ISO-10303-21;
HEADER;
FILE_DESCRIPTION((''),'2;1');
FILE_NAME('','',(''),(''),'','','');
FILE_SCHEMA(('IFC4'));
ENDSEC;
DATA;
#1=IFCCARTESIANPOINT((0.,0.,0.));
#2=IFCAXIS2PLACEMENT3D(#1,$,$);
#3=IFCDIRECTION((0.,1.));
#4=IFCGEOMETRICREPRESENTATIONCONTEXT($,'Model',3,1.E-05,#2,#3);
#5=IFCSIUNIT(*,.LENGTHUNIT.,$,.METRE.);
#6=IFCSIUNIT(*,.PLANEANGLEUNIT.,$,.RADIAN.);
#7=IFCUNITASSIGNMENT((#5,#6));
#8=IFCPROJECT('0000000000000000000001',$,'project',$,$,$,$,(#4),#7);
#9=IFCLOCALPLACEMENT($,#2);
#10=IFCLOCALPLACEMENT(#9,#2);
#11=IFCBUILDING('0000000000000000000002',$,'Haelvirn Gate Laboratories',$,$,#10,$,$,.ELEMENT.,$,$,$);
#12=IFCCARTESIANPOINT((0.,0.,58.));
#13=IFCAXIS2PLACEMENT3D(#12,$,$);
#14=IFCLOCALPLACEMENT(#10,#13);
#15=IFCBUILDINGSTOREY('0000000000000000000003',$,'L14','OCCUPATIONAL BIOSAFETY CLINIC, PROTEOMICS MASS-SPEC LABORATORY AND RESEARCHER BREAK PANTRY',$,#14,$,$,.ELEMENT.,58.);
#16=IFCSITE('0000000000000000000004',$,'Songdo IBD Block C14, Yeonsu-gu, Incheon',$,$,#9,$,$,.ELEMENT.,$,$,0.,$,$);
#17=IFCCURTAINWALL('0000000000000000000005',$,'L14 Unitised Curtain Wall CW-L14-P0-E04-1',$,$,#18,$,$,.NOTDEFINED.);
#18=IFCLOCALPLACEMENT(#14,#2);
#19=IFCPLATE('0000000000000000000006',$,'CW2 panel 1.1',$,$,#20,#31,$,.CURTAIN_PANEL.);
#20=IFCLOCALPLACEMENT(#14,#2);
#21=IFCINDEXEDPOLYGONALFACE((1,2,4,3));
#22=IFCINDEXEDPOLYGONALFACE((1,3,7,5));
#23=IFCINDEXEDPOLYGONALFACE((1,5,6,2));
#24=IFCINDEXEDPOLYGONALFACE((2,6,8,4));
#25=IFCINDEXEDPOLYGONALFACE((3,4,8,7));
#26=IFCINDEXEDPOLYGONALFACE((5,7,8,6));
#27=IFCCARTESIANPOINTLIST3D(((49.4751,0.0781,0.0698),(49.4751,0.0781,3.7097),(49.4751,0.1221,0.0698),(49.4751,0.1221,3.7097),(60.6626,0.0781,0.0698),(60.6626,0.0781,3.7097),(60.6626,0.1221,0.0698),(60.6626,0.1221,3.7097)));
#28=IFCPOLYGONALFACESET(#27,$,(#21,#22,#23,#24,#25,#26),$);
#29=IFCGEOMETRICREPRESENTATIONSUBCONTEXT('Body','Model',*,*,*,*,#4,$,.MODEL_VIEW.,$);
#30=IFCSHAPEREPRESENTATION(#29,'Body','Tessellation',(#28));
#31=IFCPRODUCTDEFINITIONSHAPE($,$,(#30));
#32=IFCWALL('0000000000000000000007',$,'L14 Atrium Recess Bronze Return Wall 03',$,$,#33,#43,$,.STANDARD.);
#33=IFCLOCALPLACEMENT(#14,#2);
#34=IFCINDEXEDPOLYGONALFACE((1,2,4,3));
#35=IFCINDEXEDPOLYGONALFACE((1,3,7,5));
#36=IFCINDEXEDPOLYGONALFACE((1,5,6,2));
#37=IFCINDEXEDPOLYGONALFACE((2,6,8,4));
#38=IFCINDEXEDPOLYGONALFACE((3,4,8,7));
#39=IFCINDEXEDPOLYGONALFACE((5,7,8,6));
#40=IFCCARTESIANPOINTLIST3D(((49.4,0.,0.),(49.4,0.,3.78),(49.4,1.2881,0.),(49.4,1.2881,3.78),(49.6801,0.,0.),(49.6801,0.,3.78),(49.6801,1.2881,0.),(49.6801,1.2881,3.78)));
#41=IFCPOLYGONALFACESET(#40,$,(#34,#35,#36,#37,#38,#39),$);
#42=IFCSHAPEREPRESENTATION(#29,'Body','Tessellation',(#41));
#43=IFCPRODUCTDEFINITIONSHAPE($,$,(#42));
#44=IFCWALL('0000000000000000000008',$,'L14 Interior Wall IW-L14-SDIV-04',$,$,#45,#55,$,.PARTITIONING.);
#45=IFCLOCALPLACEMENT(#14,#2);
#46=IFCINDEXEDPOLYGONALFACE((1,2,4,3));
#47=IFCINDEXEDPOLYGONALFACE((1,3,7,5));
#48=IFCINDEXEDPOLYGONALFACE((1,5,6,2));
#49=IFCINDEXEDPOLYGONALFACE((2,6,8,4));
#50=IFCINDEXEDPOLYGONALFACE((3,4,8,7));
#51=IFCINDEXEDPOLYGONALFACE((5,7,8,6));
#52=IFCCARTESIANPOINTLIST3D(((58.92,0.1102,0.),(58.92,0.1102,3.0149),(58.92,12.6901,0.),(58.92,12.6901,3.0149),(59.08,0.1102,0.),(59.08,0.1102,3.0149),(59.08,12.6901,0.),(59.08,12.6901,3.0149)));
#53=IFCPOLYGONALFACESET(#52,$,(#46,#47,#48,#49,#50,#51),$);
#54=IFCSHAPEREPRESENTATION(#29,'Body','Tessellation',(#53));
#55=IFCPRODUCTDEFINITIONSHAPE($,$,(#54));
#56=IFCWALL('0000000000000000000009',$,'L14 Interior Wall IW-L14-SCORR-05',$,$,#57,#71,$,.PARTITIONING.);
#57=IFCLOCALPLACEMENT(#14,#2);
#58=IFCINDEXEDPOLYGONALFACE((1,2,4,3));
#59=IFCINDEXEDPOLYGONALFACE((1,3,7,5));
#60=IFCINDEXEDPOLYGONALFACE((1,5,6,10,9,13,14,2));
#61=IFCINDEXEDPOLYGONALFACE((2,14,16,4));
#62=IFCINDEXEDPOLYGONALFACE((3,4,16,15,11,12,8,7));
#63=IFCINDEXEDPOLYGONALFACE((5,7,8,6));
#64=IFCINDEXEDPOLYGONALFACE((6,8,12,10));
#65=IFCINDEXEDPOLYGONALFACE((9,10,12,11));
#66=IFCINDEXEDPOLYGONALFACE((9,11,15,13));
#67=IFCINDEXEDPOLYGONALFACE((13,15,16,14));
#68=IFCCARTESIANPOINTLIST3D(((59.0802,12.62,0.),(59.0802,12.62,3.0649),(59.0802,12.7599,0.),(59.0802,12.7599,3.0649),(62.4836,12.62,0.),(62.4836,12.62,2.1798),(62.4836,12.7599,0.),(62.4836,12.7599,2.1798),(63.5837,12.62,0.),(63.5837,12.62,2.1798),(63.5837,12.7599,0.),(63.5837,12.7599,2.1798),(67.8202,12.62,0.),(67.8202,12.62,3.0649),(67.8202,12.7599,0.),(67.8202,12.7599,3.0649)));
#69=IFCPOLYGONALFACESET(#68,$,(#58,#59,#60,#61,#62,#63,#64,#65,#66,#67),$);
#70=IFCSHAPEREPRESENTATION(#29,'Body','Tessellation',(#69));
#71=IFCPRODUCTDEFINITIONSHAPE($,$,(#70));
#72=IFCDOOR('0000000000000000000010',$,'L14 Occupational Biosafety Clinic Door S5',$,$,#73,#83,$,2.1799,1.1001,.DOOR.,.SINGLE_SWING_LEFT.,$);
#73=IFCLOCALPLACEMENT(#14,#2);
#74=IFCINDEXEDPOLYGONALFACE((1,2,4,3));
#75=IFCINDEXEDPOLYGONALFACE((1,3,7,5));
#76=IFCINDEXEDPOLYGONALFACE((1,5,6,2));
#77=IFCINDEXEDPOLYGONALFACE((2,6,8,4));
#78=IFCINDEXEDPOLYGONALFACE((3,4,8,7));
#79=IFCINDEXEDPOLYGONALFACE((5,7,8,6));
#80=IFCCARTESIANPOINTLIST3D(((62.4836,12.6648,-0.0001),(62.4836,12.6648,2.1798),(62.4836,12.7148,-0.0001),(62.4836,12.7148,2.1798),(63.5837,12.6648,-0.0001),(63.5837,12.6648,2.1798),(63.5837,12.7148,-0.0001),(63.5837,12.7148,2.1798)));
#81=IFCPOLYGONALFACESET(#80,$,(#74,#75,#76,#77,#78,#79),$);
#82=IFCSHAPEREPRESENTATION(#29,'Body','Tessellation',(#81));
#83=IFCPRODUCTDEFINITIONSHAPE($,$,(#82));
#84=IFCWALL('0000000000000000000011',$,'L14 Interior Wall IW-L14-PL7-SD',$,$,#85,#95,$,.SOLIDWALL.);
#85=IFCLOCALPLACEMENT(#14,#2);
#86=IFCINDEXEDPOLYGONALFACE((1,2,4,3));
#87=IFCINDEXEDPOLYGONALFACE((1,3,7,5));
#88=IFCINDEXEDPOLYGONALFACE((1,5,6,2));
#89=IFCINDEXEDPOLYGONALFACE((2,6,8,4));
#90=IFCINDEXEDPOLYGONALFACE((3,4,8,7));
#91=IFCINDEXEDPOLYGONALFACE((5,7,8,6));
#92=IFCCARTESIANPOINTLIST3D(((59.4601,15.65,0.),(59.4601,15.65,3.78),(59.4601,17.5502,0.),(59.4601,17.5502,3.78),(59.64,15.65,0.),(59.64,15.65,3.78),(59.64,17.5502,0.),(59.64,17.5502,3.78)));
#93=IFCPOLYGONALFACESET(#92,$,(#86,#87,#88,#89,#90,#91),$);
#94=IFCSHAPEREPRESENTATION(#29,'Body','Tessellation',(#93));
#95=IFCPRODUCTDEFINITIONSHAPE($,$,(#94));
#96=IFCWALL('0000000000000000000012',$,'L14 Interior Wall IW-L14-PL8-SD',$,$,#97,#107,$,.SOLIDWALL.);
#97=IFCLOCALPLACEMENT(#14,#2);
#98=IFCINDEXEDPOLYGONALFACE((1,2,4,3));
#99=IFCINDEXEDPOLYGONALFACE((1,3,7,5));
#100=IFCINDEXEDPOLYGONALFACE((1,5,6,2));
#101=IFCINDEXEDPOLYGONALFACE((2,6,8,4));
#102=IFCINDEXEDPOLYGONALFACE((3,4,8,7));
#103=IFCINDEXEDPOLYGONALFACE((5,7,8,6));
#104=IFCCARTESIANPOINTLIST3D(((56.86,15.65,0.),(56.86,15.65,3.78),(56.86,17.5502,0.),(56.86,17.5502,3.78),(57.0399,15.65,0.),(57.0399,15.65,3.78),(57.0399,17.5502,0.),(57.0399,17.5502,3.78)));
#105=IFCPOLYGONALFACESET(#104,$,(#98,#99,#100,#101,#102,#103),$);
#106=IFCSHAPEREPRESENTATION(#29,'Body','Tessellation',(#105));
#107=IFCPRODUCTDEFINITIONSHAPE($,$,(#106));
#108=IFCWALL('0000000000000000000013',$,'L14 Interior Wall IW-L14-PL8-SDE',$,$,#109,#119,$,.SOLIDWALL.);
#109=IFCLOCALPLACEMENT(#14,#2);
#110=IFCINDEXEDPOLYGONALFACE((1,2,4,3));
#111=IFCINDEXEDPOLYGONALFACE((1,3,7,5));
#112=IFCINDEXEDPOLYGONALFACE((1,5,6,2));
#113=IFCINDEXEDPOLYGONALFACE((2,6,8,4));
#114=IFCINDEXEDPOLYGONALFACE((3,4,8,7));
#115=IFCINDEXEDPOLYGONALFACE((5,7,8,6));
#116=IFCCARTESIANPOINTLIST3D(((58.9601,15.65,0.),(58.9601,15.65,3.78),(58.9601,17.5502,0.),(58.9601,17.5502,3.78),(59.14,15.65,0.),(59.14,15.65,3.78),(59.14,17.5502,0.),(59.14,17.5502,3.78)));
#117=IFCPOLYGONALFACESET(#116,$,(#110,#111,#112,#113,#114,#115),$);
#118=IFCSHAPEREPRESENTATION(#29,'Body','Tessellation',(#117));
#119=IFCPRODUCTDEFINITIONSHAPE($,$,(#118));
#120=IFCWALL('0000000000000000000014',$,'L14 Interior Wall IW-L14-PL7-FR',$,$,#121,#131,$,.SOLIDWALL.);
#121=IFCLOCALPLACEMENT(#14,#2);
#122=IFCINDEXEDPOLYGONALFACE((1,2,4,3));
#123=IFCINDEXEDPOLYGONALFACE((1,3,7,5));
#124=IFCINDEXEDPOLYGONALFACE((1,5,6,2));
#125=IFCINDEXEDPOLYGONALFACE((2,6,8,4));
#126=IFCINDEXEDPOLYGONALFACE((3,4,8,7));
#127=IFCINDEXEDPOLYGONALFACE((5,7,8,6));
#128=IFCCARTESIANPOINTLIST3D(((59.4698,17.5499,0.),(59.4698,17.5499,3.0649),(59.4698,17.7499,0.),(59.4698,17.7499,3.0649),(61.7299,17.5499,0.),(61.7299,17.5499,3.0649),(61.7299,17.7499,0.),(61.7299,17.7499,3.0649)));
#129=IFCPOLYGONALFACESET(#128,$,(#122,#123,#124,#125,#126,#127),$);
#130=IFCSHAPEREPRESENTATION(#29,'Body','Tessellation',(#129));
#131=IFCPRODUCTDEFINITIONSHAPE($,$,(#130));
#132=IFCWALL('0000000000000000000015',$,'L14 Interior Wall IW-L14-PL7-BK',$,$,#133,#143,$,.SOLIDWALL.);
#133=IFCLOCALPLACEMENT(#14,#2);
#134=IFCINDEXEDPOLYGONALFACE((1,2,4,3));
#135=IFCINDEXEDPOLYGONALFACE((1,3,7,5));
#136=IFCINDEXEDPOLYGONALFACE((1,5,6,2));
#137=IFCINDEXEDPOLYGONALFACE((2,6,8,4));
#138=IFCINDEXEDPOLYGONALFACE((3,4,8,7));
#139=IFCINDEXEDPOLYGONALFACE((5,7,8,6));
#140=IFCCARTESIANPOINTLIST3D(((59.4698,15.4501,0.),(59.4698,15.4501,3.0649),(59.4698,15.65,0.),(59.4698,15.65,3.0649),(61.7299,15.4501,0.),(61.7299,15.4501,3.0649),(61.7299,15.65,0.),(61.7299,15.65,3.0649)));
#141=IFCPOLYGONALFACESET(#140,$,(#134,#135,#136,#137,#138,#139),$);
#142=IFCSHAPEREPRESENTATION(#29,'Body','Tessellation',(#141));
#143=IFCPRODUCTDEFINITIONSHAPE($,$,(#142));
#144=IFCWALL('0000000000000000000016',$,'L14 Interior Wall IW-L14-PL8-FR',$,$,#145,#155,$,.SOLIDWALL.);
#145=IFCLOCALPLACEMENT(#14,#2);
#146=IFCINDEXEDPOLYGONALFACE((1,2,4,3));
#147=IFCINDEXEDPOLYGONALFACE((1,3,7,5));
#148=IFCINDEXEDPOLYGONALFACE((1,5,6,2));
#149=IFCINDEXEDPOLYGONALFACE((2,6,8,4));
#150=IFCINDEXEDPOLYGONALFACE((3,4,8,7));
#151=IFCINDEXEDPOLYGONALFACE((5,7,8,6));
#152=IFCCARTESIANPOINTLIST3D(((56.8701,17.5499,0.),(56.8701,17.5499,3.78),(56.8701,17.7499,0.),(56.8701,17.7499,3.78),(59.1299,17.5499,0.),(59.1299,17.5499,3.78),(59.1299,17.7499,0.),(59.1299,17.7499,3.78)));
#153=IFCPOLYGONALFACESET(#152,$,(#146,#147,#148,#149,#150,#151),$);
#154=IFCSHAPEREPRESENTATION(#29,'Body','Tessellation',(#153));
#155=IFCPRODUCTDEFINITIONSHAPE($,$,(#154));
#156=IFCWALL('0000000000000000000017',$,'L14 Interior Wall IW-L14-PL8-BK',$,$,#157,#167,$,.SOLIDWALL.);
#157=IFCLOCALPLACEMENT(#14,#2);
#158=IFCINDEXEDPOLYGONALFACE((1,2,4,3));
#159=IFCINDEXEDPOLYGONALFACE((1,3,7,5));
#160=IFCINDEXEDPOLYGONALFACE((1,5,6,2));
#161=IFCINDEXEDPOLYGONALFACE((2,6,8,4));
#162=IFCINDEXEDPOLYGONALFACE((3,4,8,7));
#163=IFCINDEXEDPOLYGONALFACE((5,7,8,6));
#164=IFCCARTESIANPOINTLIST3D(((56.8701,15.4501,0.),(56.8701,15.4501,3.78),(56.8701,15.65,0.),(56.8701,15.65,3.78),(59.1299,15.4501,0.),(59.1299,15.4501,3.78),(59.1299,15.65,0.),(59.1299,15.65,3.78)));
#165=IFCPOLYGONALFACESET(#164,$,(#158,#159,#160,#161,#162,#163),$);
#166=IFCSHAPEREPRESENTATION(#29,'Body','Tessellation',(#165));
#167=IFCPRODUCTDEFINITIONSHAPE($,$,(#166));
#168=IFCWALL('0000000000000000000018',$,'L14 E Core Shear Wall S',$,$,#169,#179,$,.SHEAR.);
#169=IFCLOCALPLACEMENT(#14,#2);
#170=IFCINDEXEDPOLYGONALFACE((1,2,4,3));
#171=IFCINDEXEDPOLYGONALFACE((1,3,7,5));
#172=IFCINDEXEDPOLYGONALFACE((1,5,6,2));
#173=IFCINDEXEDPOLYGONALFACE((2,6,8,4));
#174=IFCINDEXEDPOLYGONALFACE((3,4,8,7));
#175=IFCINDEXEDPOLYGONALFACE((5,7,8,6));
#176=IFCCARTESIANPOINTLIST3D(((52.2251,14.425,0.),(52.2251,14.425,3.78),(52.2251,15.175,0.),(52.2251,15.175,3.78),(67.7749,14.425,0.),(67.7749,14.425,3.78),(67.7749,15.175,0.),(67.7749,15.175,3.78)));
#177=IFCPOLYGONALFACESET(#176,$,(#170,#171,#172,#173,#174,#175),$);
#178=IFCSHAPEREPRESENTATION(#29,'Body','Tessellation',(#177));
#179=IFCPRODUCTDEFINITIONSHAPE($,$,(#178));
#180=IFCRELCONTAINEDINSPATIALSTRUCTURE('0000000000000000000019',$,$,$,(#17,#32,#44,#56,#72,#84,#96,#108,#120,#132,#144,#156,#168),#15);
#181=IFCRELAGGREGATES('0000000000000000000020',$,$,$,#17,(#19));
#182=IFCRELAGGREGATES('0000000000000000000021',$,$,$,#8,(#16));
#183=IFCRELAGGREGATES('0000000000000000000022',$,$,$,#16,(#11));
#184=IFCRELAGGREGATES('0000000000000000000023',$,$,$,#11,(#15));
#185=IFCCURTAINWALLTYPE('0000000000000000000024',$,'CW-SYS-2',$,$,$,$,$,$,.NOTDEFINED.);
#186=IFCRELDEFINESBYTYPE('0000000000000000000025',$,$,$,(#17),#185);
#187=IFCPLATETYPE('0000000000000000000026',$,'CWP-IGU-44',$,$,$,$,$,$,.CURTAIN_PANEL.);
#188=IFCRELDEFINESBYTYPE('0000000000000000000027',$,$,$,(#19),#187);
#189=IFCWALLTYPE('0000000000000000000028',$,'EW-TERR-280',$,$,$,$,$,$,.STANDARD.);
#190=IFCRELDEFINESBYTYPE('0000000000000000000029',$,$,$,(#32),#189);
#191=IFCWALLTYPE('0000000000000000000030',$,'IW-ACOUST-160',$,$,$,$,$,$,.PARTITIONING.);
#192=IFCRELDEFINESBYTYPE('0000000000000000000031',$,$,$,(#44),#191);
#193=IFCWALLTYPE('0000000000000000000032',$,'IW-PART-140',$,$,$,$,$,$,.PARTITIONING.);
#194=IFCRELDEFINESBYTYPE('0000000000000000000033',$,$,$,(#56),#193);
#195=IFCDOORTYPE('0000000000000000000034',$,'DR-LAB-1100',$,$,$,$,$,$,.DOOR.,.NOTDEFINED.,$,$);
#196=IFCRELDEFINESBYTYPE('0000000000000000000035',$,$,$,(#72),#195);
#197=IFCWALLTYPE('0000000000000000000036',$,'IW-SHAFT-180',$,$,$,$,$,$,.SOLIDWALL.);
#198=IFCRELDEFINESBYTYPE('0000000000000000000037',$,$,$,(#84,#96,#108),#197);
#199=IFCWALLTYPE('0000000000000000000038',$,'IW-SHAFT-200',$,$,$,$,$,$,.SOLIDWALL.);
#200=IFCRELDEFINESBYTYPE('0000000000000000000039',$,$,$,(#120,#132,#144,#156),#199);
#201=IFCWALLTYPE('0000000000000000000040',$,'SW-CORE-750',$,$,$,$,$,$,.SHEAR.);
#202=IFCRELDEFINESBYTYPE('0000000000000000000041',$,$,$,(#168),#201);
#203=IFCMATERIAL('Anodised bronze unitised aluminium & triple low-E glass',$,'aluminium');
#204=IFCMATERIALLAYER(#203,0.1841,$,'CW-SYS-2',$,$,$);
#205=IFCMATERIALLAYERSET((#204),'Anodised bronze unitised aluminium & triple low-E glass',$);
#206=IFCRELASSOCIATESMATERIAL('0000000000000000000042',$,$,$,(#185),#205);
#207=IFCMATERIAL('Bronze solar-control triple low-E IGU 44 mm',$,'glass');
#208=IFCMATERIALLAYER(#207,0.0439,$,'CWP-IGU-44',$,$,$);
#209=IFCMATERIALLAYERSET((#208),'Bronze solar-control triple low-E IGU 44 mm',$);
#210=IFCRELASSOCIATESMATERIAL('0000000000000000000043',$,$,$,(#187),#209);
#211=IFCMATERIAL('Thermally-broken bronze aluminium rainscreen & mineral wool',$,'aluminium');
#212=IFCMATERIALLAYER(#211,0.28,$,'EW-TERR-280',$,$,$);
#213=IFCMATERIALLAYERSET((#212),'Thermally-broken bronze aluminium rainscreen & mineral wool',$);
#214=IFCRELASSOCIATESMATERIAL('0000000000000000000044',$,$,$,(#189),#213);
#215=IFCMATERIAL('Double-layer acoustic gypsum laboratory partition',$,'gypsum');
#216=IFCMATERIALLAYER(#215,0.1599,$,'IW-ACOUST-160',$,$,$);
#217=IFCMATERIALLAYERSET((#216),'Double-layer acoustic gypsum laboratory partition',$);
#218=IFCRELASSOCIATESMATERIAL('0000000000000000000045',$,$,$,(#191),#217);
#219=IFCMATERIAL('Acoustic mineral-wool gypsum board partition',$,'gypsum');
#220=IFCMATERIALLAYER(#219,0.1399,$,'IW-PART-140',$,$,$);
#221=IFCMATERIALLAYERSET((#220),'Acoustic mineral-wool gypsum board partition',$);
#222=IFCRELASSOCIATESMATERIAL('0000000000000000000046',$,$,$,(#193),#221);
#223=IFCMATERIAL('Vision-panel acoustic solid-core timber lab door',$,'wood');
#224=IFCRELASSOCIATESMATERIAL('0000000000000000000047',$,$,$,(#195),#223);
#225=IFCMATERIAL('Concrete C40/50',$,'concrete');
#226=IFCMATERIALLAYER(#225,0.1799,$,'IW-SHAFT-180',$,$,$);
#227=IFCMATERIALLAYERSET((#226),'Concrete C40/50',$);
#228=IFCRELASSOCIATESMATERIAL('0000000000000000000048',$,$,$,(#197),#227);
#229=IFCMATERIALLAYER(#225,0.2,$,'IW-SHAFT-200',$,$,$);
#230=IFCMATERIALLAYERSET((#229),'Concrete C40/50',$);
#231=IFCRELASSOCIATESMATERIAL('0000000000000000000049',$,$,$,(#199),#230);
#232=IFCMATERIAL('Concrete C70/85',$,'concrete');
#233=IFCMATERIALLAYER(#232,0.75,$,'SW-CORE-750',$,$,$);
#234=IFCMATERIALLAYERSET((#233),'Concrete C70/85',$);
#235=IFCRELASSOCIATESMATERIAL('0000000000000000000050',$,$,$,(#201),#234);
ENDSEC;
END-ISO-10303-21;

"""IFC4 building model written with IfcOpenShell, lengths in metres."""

from ifc_helpers import new_model, si_unit, direction, frame, frame_2d, origin, origin_2d, place, context, subcontext, project, spatial, rectangle, extrude, source, transform, mapped, material, layer, layer_set, type_object, type_shapes, element, fill, aggregate, save


model = new_model("IFC4")

# Units and contexts
model_context = context("Model", 3, precision=1e-05, world=origin(), true_north=direction((0.0, 1.0)))
body_context = subcontext(model_context, "Body", "Model", "MODEL_VIEW")
ifc_project = project(units=[si_unit("LENGTHUNIT", "METRE"), si_unit("PLANEANGLEUNIT", "RADIAN")], contexts=[model_context])

# Site, building, storey
site_placement = place(None, origin())
site = spatial("IfcSite", under=ifc_project, at=site_placement, Name="Songdo IBD Block C14, Yeonsu-gu, Incheon", CompositionType="ELEMENT", RefElevation=0.0)
building_placement = place(site_placement, origin())
building = spatial("IfcBuilding", under=site, at=building_placement, Name="Haelvirn Gate Laboratories", CompositionType="ELEMENT")
storey_placement = place(building_placement, frame((0.0, 0.0, 58.0)))
storey = spatial("IfcBuildingStorey", under=building, at=storey_placement, Name="L14", Description="OCCUPATIONAL BIOSAFETY CLINIC, PROTEOMICS MASS-SPEC LABORATORY AND RESEARCHER BREAK PANTRY", CompositionType="ELEMENT", Elevation=58.0)

# Shared definitions
ifc_material_1 = material(Name="Concrete C70/85", Category="concrete")

# Shared definitions
ifc_material_2 = material(Name="Anodised bronze unitised aluminium & triple low-E glass", Category="aluminium")
ifc_layer_1 = layer(ifc_material_2, 0.1841, Name="CW-SYS-2")
ifc_layer_set_1 = layer_set([ifc_layer_1], Name="Anodised bronze unitised aluminium & triple low-E glass")
curtain_wall_type = type_object("IfcCurtainWallType", Name="CW-SYS-2", PredefinedType="NOTDEFINED", material=ifc_layer_set_1)

# Curtain wall, plate
curtain_wall_1_placement = place(storey_placement, origin())
curtain_wall_1 = element("IfcCurtainWall", 1, at=curtain_wall_1_placement, inside=storey, type_object=curtain_wall_type, Name="L14 Unitised Curtain Wall CW-L14-P0-E04-1", PredefinedType="NOTDEFINED")
ifc_material_3 = material(Name="Bronze solar-control triple low-E IGU 44 mm", Category="glass")
ifc_layer_2 = layer(ifc_material_3, 0.0439, Name="CWP-IGU-44")
ifc_layer_set_2 = layer_set([ifc_layer_2], Name="Bronze solar-control triple low-E IGU 44 mm")
plate_type = type_object("IfcPlateType", Name="CWP-IGU-44", PredefinedType="CURTAIN_PANEL", material=ifc_layer_set_2)
shared_shape_1 = source(origin(), body_context, "Body", "SweptSolid", [
    extrude(rectangle(XDim=11.1875, YDim=0.0439, at=origin_2d()), origin(), (0.0, 0.0, 1.0), 3.6399),
])
type_shapes(plate_type, [shared_shape_1])
plate_placement = place(storey_placement, frame((55.0688, 0.1001, 0.0698), z_axis=(0.0, 0.0, 1.0), x_axis=(1.0, 0.0, 0.0)))
plate = element("IfcPlate", 2, at=plate_placement, type_object=plate_type, Name="CW2 panel 1.1", PredefinedType="CURTAIN_PANEL", context=body_context, shape_type="MappedRepresentation", body=[
    mapped(shared_shape_1, transform((0.0, 0.0, 0.0), scale=1.0)),
])
aggregate(curtain_wall_1, [plate])

# Walls
ifc_material_4 = material(Name="Thermally-broken bronze aluminium rainscreen & mineral wool", Category="aluminium")
ifc_layer_3 = layer(ifc_material_4, 0.28, Name="EW-TERR-280")
ifc_layer_set_3 = layer_set([ifc_layer_3], Name="Thermally-broken bronze aluminium rainscreen & mineral wool")
wall_type_1 = type_object("IfcWallType", Name="EW-TERR-280", PredefinedType="STANDARD", material=ifc_layer_set_3)
wall_1_placement = place(storey_placement, frame((49.54, 1.2881, 0.0), z_axis=(0.0, 0.0, 1.0), x_axis=(0.0, -1.0, 0.0)))
element("IfcWall", 3, at=wall_1_placement, inside=storey, type_object=wall_type_1, Name="L14 Atrium Recess Bronze Return Wall 03", PredefinedType="STANDARD", context=body_context, shape_type="SweptSolid", body=[
    extrude(rectangle(XDim=1.2881, YDim=0.28, at=frame_2d((0.644, 0.0))), origin(), (0.0, 0.0, 1.0), 3.78),
])
ifc_material_5 = material(Name="Double-layer acoustic gypsum laboratory partition", Category="gypsum")
ifc_layer_4 = layer(ifc_material_5, 0.1599, Name="IW-ACOUST-160")
ifc_layer_set_4 = layer_set([ifc_layer_4], Name="Double-layer acoustic gypsum laboratory partition")
wall_type_2 = type_object("IfcWallType", Name="IW-ACOUST-160", PredefinedType="PARTITIONING", material=ifc_layer_set_4)
wall_2_placement = place(storey_placement, frame((59.0, 0.1101, 0.0), z_axis=(0.0, 0.0, 1.0), x_axis=(0.0, 1.0, 0.0)))
element("IfcWall", 4, at=wall_2_placement, inside=storey, type_object=wall_type_2, Name="L14 Interior Wall IW-L14-SDIV-04", PredefinedType="PARTITIONING", context=body_context, shape_type="SweptSolid", body=[
    extrude(rectangle(XDim=12.5798, YDim=0.1599, at=frame_2d((6.29, 0.0))), origin(), (0.0, 0.0, 1.0), 3.0149),
])

# Wall, opening, door
ifc_material_6 = material(Name="Acoustic mineral-wool gypsum board partition", Category="gypsum")
ifc_layer_5 = layer(ifc_material_6, 0.1399, Name="IW-PART-140")
ifc_layer_set_5 = layer_set([ifc_layer_5], Name="Acoustic mineral-wool gypsum board partition")
wall_type_3 = type_object("IfcWallType", Name="IW-PART-140", PredefinedType="PARTITIONING", material=ifc_layer_set_5)
wall_3_placement = place(storey_placement, frame((59.0801, 12.6899, 0.0), z_axis=(0.0, 0.0, 1.0), x_axis=(1.0, 0.0, 0.0)))
wall_3 = element("IfcWall", 5, at=wall_3_placement, inside=storey, type_object=wall_type_3, Name="L14 Interior Wall IW-L14-SCORR-05", PredefinedType="PARTITIONING", context=body_context, shape_type="SweptSolid", body=[
    extrude(rectangle(XDim=8.74, YDim=0.1399, at=frame_2d((4.3701, 0.0))), origin(), (0.0, 0.0, 1.0), 3.0649),
])
opening_1_placement = place(wall_3_placement, frame((3.4036, 0.0, 0.0)))
opening_1 = element("IfcOpeningElement", 6, at=opening_1_placement, cuts=wall_3, PredefinedType="OPENING", context=body_context, shape_type="SweptSolid", body=[
    extrude(rectangle(XDim=1.1001, YDim=2.1799, at=frame_2d((0.55, 1.0898))), frame((0.0, 0.0801, 0.0), z_axis=(0.0, -1.0, 0.0), x_axis=(1.0, 0.0, 0.0)), (0.0, 0.0, 1.0), 0.1599),
])
ifc_material_7 = material(Name="Vision-panel acoustic solid-core timber lab door", Category="wood")
door_type_1 = type_object("IfcDoorType", Name="DR-LAB-1100", OperationType="NOTDEFINED", PredefinedType="DOOR", material=ifc_material_7)
shared_shape_2 = source(origin(), body_context, "Body", "SweptSolid", [
    extrude(rectangle(XDim=1.1001, YDim=2.1799, at=frame_2d((0.55, 1.0898))), frame((0.0, 0.0249, 0.0), z_axis=(0.0, -1.0, 0.0), x_axis=(1.0, 0.0, 0.0)), (0.0, 0.0, 1.0), 0.05),
])
type_shapes(door_type_1, [shared_shape_2])
door_1_placement = place(opening_1_placement, origin())
door_1 = element("IfcDoor", 7, at=door_1_placement, inside=storey, type_object=door_type_1, Name="L14 Occupational Biosafety Clinic Door S5", OperationType="SINGLE_SWING_LEFT", OverallHeight=2.1799, OverallWidth=1.1001, PredefinedType="DOOR", context=body_context, shape_type="MappedRepresentation", body=[
    mapped(shared_shape_2, transform((0.0, 0.0, 0.0), scale=1.0)),
])
fill(opening_1, door_1)

# Walls
ifc_material_8 = material(Name="Concrete C40/50", Category="concrete")
ifc_layer_6 = layer(ifc_material_8, 0.1799, Name="IW-SHAFT-180")
ifc_layer_set_6 = layer_set([ifc_layer_6], Name="Concrete C40/50")
wall_type_4 = type_object("IfcWallType", Name="IW-SHAFT-180", PredefinedType="SOLIDWALL", material=ifc_layer_set_6)
for number, where, z_axis, x_axis, name in (
    (8, (59.55, 15.6499, 0.0), (0.0, 0.0, 1.0), (0.0, 1.0, 0.0), "L14 Interior Wall IW-L14-PL7-SD"),
    (9, (56.95, 15.6499, 0.0), (0.0, 0.0, 1.0), (0.0, 1.0, 0.0), "L14 Interior Wall IW-L14-PL8-SD"),
    (10, (59.05, 15.6499, 0.0), (0.0, 0.0, 1.0), (0.0, 1.0, 0.0), "L14 Interior Wall IW-L14-PL8-SDE"),
):
    element("IfcWall", number, at=place(storey_placement, frame(where, z_axis=z_axis, x_axis=x_axis)), inside=storey, type_object=wall_type_4, Name=name, PredefinedType="SOLIDWALL", context=body_context, shape_type="SweptSolid", body=[
        extrude(rectangle(XDim=1.9001, YDim=0.1799, at=frame_2d((0.9502, 0.0))), origin(), (0.0, 0.0, 1.0), 3.78),
    ])
ifc_layer_7 = layer(ifc_material_8, 0.2, Name="IW-SHAFT-200")
ifc_layer_set_7 = layer_set([ifc_layer_7], Name="Concrete C40/50")
wall_type_5 = type_object("IfcWallType", Name="IW-SHAFT-200", PredefinedType="SOLIDWALL", material=ifc_layer_set_7)
for number, where, z_axis, x_axis, name in (
    (11, (59.47, 17.6499, 0.0), (0.0, 0.0, 1.0), (1.0, 0.0, 0.0), "L14 Interior Wall IW-L14-PL7-FR"),
    (12, (59.47, 15.55, 0.0), (0.0, 0.0, 1.0), (1.0, 0.0, 0.0), "L14 Interior Wall IW-L14-PL7-BK"),
):
    element("IfcWall", number, at=place(storey_placement, frame(where, z_axis=z_axis, x_axis=x_axis)), inside=storey, type_object=wall_type_5, Name=name, PredefinedType="SOLIDWALL", context=body_context, shape_type="SweptSolid", body=[
        extrude(rectangle(XDim=2.26, YDim=0.2, at=frame_2d((1.1299, 0.0))), origin(), (0.0, 0.0, 1.0), 3.0649),
    ])
for number, where, z_axis, x_axis, name in (
    (13, (56.8701, 17.6499, 0.0), (0.0, 0.0, 1.0), (1.0, 0.0, 0.0), "L14 Interior Wall IW-L14-PL8-FR"),
    (14, (56.8701, 15.55, 0.0), (0.0, 0.0, 1.0), (1.0, 0.0, 0.0), "L14 Interior Wall IW-L14-PL8-BK"),
):
    element("IfcWall", number, at=place(storey_placement, frame(where, z_axis=z_axis, x_axis=x_axis)), inside=storey, type_object=wall_type_5, Name=name, PredefinedType="SOLIDWALL", context=body_context, shape_type="SweptSolid", body=[
        extrude(rectangle(XDim=2.2598, YDim=0.2, at=frame_2d((1.1299, 0.0))), origin(), (0.0, 0.0, 1.0), 3.78),
    ])
ifc_layer_8 = layer(ifc_material_1, 0.75, Name="SW-CORE-750")
ifc_layer_set_8 = layer_set([ifc_layer_8], Name="Concrete C70/85")
wall_type_6 = type_object("IfcWallType", Name="SW-CORE-750", PredefinedType="SHEAR", material=ifc_layer_set_8)
wall_4_placement = place(storey_placement, frame((52.2251, 14.8, 0.0), z_axis=(0.0, 0.0, 1.0), x_axis=(1.0, 0.0, 0.0)))
element("IfcWall", 15, at=wall_4_placement, inside=storey, type_object=wall_type_6, Name="L14 E Core Shear Wall S", PredefinedType="SHEAR", context=body_context, shape_type="SweptSolid", body=[
    extrude(rectangle(XDim=15.5498, YDim=0.75, at=frame_2d((7.7749, 0.0))), origin(), (0.0, 0.0, 1.0), 3.78),
])

save(model, "model.ifc")
